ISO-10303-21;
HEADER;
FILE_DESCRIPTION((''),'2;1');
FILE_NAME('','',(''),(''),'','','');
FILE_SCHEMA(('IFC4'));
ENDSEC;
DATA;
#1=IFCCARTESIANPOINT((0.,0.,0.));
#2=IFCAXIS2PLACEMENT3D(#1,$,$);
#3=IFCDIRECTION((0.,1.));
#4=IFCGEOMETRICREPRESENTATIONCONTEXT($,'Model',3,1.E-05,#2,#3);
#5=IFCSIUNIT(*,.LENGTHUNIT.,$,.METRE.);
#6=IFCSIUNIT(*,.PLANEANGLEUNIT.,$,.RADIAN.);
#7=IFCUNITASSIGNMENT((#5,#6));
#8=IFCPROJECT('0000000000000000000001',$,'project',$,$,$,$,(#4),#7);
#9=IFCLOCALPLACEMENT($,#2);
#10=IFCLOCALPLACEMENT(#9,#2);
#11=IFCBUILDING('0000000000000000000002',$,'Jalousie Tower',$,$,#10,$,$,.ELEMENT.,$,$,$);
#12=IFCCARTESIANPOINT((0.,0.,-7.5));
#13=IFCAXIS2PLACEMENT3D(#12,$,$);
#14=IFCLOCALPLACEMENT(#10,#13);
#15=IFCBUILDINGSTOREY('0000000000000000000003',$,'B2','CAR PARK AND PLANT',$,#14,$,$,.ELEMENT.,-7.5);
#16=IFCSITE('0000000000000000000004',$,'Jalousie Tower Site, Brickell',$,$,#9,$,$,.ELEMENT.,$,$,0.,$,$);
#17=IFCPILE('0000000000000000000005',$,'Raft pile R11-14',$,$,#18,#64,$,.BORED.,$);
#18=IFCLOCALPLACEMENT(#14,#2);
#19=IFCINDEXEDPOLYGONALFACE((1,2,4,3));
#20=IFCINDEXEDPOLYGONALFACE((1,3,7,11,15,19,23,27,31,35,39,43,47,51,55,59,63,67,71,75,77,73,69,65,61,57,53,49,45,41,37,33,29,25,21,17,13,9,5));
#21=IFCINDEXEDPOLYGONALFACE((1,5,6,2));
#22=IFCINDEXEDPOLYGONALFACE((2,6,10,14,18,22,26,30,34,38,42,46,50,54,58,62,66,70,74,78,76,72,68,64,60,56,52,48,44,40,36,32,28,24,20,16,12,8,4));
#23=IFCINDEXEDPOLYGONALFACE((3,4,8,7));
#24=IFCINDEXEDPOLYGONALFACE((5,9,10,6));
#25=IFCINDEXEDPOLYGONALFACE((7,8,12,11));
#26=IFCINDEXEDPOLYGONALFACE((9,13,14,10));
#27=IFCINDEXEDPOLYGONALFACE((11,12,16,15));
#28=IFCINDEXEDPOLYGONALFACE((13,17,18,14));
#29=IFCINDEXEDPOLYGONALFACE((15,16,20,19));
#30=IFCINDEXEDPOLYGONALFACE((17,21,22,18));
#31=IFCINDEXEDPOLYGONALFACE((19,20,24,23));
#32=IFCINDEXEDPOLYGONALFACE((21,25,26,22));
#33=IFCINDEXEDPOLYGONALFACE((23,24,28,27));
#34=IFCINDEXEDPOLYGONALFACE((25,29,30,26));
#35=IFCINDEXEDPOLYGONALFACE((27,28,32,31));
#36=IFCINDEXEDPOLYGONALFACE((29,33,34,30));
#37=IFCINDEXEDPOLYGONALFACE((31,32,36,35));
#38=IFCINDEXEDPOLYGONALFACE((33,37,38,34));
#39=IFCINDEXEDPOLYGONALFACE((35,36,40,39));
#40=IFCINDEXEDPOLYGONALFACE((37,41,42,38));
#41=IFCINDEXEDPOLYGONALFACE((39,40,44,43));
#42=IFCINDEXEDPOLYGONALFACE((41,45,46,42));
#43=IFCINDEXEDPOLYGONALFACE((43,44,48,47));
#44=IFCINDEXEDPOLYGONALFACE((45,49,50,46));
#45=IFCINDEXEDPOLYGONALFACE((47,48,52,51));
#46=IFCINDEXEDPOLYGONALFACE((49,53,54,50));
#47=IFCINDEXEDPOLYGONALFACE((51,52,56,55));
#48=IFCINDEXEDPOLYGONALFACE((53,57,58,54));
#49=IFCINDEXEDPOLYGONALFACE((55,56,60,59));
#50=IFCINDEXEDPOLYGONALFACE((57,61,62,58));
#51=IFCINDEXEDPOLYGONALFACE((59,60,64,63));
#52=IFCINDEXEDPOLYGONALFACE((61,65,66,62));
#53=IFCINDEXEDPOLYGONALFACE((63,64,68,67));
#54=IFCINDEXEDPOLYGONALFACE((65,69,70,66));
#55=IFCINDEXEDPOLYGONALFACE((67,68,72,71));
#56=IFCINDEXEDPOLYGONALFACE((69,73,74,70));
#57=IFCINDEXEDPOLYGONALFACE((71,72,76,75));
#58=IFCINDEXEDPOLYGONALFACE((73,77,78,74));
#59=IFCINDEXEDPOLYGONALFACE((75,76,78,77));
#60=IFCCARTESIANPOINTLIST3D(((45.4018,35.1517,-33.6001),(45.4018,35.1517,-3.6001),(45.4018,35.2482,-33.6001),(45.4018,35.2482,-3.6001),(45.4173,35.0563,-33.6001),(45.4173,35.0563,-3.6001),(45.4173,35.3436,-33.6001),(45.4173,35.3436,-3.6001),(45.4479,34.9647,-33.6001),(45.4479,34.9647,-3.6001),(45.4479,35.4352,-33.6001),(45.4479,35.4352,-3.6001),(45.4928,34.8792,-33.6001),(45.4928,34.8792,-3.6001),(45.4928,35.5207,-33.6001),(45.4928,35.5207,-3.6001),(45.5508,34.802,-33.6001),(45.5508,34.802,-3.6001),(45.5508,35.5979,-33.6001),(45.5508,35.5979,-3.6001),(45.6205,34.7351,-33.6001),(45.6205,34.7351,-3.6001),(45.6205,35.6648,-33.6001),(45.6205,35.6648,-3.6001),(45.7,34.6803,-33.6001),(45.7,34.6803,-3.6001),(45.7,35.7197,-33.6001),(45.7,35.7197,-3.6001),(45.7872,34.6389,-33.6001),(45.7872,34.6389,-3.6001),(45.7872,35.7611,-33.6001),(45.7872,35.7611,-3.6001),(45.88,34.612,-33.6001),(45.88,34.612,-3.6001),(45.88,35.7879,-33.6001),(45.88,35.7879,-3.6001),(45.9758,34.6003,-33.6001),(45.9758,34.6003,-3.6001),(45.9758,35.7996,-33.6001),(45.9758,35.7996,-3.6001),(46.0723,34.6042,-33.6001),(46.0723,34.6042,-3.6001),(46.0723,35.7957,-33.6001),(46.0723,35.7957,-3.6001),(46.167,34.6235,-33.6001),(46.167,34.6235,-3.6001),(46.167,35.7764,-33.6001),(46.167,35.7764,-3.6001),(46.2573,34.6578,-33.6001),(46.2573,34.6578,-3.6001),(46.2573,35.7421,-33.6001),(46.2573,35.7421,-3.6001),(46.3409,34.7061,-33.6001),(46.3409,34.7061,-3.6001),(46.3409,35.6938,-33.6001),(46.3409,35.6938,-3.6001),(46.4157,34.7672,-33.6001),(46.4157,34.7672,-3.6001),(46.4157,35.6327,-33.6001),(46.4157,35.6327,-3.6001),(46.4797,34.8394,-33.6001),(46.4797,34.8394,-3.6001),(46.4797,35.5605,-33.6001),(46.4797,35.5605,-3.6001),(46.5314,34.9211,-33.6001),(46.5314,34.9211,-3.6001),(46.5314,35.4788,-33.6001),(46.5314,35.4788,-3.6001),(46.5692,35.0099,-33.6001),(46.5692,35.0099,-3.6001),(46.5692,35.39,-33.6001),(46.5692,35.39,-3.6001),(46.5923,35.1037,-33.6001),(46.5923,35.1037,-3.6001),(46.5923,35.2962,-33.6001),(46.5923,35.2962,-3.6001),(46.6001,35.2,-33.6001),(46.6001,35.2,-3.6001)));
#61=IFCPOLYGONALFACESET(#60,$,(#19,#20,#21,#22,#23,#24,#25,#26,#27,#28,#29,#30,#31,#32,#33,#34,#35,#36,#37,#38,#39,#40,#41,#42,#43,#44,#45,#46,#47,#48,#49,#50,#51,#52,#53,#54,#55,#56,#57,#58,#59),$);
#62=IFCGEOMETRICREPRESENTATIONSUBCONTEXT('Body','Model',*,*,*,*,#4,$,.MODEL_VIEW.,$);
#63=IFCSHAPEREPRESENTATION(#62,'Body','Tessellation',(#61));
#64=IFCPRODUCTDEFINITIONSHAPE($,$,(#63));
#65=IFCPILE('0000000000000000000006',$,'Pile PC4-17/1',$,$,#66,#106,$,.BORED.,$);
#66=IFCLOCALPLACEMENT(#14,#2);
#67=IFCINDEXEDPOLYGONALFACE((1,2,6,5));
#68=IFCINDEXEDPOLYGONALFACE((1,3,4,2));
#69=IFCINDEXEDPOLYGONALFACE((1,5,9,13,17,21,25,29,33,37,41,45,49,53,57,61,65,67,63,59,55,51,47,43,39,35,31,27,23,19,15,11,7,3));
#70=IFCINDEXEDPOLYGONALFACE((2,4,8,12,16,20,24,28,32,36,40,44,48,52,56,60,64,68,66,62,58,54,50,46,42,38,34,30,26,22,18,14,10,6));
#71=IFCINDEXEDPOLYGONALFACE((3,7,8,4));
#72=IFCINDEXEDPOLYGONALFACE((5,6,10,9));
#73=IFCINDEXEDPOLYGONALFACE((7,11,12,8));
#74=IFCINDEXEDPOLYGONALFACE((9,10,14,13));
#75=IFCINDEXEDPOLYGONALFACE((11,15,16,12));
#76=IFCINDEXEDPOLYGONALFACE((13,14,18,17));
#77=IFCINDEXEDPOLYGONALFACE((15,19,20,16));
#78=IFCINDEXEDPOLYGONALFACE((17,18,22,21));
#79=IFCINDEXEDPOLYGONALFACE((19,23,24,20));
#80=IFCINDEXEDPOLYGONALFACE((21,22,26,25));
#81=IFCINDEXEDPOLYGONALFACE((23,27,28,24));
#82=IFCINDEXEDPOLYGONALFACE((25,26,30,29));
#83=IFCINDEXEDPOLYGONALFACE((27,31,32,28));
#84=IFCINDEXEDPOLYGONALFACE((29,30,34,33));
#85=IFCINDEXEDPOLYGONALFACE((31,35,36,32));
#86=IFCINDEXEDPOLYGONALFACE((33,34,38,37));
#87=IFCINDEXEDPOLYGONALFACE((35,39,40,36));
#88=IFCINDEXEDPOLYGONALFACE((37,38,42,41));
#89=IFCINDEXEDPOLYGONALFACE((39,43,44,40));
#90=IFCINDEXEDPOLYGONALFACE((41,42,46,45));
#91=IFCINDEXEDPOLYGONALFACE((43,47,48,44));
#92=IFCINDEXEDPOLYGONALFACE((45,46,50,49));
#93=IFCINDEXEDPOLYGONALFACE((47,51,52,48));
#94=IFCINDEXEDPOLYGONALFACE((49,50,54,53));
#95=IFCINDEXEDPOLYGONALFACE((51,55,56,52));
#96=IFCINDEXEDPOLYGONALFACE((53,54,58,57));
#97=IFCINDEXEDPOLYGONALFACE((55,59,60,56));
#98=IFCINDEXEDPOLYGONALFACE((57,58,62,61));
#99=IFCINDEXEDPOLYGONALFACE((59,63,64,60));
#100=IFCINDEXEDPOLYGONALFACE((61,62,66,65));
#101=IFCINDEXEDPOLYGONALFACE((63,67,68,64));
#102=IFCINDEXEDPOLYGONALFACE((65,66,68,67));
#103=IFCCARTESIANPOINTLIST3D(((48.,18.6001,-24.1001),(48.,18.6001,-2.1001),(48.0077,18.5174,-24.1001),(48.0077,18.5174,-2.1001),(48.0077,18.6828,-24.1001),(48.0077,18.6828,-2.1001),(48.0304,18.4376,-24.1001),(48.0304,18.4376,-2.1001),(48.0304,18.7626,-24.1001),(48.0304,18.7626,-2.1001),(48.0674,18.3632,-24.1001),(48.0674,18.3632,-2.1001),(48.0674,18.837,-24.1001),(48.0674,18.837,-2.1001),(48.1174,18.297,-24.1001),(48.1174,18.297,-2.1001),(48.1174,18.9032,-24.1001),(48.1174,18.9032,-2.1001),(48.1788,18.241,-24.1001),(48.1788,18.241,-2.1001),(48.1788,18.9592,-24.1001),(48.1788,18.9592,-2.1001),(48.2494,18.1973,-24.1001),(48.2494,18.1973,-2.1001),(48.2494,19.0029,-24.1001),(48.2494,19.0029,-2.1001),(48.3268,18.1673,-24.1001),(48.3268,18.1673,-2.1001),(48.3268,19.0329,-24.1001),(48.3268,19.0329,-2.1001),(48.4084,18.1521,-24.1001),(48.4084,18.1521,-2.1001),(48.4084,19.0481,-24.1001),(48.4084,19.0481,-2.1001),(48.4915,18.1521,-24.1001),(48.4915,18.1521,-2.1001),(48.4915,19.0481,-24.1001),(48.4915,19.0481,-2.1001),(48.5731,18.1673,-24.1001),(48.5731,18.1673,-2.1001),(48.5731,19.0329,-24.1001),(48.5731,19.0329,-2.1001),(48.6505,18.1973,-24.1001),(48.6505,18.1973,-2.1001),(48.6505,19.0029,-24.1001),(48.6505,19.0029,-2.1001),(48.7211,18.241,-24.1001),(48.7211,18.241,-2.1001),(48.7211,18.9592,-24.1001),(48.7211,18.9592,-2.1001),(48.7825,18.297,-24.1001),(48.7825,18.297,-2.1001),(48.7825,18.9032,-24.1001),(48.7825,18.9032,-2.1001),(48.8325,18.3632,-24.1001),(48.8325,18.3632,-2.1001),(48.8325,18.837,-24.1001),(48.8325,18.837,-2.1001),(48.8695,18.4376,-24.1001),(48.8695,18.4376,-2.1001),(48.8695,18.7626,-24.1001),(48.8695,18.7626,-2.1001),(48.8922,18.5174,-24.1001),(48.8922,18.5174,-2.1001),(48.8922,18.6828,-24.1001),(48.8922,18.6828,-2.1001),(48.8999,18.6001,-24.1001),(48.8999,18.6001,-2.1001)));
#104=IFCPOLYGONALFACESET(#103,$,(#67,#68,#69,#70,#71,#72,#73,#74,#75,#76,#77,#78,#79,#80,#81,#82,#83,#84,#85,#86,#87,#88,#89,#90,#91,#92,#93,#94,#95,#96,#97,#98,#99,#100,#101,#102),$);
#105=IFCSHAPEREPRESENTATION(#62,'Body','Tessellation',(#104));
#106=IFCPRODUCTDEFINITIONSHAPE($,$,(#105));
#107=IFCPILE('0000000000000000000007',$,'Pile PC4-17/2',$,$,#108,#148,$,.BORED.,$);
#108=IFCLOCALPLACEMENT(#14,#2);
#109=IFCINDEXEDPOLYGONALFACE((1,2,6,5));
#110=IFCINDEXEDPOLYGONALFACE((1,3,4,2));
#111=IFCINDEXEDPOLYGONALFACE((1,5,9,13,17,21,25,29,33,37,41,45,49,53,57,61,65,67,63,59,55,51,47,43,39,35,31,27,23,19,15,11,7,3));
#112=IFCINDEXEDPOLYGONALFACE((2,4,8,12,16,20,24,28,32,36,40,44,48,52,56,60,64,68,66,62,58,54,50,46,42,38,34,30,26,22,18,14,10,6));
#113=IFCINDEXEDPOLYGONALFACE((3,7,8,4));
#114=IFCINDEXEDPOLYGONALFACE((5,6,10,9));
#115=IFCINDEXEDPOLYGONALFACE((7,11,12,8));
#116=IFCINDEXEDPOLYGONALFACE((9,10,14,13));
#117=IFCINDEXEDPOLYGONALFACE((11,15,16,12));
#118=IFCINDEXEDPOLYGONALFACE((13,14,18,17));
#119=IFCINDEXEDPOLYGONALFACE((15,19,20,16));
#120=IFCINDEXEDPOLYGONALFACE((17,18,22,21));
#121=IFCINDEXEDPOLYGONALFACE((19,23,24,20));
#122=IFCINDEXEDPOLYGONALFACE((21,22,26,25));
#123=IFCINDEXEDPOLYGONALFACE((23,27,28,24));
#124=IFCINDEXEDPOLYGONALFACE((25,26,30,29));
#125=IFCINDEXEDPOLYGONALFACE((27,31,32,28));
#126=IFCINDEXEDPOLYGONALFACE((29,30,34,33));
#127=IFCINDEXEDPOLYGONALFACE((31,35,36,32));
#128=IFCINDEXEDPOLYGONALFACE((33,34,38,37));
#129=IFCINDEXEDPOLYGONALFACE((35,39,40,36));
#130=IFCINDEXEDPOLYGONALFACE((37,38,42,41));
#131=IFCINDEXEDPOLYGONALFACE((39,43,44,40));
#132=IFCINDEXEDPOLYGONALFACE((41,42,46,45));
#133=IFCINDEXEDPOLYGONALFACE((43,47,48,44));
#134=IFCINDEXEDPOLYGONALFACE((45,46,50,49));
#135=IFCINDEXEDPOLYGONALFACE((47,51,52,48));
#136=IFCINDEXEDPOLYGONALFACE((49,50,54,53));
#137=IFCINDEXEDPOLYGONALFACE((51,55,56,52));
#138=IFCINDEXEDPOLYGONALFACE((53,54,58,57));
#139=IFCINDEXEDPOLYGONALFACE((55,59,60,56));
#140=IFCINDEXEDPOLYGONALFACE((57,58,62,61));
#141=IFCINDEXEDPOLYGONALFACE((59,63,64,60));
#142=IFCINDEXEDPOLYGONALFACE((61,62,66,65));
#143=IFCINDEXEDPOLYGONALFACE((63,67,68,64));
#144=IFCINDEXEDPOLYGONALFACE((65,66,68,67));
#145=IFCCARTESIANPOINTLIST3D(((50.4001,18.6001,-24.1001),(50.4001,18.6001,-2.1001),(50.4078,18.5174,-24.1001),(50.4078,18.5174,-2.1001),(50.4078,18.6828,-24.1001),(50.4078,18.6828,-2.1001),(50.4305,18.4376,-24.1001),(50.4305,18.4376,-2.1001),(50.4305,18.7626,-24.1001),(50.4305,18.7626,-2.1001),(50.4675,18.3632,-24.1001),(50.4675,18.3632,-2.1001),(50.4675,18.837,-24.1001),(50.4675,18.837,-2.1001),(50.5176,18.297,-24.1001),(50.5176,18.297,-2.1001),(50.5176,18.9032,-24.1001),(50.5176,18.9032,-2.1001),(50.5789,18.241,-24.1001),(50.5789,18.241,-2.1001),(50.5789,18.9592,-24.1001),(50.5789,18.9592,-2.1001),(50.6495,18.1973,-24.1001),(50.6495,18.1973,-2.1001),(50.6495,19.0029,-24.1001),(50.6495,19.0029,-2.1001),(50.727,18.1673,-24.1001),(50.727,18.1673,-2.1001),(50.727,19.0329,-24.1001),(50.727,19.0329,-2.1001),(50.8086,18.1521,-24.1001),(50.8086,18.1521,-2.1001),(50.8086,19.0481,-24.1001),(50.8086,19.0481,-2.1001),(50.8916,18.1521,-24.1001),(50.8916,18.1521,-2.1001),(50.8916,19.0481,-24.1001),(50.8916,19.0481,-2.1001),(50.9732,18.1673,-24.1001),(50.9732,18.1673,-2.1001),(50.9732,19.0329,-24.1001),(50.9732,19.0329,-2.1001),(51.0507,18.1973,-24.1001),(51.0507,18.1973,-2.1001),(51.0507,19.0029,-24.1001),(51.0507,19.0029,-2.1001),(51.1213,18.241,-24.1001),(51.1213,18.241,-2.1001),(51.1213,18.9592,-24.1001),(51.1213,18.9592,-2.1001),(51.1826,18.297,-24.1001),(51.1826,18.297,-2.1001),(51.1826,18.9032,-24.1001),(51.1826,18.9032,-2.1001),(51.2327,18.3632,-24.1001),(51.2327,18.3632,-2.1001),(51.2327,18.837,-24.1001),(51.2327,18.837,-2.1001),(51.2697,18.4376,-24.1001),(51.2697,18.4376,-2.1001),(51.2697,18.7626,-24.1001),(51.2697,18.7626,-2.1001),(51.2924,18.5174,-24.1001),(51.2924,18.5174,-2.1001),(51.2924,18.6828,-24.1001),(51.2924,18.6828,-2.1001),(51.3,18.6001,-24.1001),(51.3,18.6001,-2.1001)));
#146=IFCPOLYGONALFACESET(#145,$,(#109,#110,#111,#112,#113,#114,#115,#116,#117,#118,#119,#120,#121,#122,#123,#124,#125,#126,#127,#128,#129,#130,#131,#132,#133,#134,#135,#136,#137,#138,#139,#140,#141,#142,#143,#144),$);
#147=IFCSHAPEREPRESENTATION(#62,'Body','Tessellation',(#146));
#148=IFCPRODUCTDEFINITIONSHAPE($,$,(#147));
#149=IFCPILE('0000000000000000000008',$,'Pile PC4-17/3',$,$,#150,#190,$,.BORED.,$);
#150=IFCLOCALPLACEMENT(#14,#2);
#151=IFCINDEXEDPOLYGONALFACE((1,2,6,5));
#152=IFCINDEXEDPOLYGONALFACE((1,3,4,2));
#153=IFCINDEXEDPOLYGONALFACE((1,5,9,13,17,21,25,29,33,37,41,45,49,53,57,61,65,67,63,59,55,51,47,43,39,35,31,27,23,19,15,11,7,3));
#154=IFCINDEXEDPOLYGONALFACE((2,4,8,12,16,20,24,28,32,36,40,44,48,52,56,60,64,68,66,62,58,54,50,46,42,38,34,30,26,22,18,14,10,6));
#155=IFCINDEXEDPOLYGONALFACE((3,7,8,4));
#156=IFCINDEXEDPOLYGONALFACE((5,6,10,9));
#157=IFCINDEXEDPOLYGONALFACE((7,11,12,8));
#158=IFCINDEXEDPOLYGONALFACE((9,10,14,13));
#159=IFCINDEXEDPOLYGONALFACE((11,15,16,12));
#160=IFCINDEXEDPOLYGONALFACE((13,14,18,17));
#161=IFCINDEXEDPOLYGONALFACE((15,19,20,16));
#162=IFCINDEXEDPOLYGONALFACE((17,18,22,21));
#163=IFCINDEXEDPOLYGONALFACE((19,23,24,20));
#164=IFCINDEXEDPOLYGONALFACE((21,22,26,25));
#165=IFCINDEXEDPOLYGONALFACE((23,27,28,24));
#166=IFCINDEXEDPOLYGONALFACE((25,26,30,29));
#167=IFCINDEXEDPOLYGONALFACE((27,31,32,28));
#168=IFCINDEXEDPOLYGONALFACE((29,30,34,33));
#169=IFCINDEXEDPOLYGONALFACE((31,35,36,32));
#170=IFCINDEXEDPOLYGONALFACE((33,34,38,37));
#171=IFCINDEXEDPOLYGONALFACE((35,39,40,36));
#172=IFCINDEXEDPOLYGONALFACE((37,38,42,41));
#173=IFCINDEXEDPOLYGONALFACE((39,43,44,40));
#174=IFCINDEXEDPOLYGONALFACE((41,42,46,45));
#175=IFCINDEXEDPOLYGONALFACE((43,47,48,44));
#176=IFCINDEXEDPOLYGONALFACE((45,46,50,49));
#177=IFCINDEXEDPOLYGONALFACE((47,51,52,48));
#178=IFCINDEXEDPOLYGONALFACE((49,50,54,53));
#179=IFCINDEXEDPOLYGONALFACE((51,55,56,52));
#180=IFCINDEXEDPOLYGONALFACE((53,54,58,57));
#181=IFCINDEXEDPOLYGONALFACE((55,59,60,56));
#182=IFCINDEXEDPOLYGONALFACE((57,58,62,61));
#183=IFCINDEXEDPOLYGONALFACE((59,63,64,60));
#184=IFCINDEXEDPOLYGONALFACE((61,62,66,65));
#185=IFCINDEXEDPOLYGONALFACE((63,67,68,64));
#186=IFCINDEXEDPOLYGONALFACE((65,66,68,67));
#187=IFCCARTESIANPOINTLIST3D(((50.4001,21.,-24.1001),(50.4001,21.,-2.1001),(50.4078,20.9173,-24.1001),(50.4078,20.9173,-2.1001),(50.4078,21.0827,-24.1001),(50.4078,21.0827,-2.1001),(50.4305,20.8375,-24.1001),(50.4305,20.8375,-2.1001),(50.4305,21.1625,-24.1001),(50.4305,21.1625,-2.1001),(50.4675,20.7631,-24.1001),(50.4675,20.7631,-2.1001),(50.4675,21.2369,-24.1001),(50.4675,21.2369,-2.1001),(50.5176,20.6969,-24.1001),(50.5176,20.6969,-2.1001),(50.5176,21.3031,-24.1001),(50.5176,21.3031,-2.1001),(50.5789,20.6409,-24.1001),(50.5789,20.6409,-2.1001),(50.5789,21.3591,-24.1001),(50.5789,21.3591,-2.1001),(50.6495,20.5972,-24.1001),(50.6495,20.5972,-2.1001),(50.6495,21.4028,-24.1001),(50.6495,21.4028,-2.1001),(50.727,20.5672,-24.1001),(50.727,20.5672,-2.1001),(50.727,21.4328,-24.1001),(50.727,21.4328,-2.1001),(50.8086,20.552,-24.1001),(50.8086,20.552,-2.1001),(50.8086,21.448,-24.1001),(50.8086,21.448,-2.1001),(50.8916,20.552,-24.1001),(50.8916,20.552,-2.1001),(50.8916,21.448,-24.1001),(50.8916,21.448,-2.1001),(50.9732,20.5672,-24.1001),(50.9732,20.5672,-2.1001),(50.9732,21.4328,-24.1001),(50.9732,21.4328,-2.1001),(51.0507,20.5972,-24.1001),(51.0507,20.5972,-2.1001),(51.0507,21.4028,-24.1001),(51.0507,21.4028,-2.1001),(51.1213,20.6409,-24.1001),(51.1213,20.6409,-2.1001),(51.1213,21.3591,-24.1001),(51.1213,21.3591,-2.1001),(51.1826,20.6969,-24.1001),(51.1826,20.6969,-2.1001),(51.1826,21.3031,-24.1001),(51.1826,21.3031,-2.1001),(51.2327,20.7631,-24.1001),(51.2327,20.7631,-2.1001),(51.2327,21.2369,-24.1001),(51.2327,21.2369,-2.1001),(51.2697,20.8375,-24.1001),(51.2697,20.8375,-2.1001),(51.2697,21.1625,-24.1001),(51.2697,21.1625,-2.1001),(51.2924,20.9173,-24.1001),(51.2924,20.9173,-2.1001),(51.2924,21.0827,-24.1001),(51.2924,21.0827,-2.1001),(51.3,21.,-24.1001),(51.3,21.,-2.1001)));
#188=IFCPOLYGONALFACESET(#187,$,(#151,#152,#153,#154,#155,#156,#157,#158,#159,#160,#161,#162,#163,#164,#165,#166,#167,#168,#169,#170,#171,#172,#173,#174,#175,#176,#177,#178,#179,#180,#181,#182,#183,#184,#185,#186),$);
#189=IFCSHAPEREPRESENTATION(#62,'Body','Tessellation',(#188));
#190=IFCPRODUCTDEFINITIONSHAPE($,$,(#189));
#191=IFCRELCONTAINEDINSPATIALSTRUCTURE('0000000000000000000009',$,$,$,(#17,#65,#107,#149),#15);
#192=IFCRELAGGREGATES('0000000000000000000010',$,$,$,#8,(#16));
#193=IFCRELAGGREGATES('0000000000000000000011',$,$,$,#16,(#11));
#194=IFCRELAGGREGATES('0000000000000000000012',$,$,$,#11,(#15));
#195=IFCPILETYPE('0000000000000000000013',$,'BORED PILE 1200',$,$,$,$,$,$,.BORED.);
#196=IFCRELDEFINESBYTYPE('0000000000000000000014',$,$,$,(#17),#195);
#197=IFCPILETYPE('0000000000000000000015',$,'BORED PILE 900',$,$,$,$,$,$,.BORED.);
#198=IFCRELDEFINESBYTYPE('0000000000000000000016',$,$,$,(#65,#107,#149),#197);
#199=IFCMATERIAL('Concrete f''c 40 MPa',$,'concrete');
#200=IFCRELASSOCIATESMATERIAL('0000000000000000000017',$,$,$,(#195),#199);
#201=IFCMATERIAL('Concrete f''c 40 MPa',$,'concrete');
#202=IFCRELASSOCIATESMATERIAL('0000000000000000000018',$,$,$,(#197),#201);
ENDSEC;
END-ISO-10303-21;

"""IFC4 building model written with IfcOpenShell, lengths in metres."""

from ifc_helpers import new_model, si_unit, direction, frame, origin, origin_2d, place, context, subcontext, project, spatial, circle, extrude, material, material_profile, profile_set, type_object, element, save


model = new_model("IFC4")

# Units and contexts
model_context = context("Model", 3, precision=1e-05, world=origin(), true_north=direction((0.0, 1.0)))
body_context = subcontext(model_context, "Body", "Model", "MODEL_VIEW")
ifc_project = project(units=[si_unit("LENGTHUNIT", "METRE"), si_unit("PLANEANGLEUNIT", "RADIAN")], contexts=[model_context])

# Site, building, storey
site_placement = place(None, origin())
site = spatial("IfcSite", under=ifc_project, at=site_placement, Name="Jalousie Tower Site, Brickell", CompositionType="ELEMENT", RefElevation=0.0)
building_placement = place(site_placement, origin())
building = spatial("IfcBuilding", under=site, at=building_placement, Name="Jalousie Tower", CompositionType="ELEMENT")
storey_placement = place(building_placement, frame((0.0, 0.0, -7.5)))
storey = spatial("IfcBuildingStorey", under=building, at=storey_placement, Name="B2", Description="CAR PARK AND PLANT", CompositionType="ELEMENT", Elevation=-7.5)

# Piles
ifc_material_1 = material(Name="Concrete f'c 40 MPa", Category="concrete")
ifc_material_profile_1 = material_profile(ifc_material_1, circle(Radius=0.6001, at=origin_2d()), Name="BORED PILE D1200")
ifc_profile_set_1 = profile_set([ifc_material_profile_1], Name="Concrete f'c 40 MPa")
pile_type_1 = type_object("IfcPileType", Name="BORED PILE 1200", PredefinedType="BORED", material=ifc_profile_set_1)
for number, where, z_axis, x_axis, name in (
    (1, (46.0, 35.2, -3.6001), (0.0, 0.0, -1.0), (1.0, 0.0, 0.0), "Raft pile R11-14"),
):
    element("IfcPile", number, at=place(storey_placement, frame(where, z_axis=z_axis, x_axis=x_axis)), inside=storey, type_object=pile_type_1, Name=name, PredefinedType="BORED", context=body_context, shape_type="SweptSolid", body=[
        extrude(circle(Radius=0.6001, at=origin_2d()), origin(), (0.0, 0.0, 1.0), 30.0),
    ])
ifc_material_2 = material(Name="Concrete f'c 40 MPa", Category="concrete")
ifc_material_profile_2 = material_profile(ifc_material_2, circle(Radius=0.45, at=origin_2d()), Name="BORED PILE D900")
ifc_profile_set_2 = profile_set([ifc_material_profile_2], Name="Concrete f'c 40 MPa")
pile_type_2 = type_object("IfcPileType", Name="BORED PILE 900", PredefinedType="BORED", material=ifc_profile_set_2)
for number, where, z_axis, x_axis, name in (
    (2, (48.45, 18.6001, -2.1001), (0.0, 0.0, -1.0), (1.0, 0.0, 0.0), "Pile PC4-17/1"),
    (3, (50.8501, 18.6001, -2.1001), (0.0, 0.0, -1.0), (1.0, 0.0, 0.0), "Pile PC4-17/2"),
    (4, (50.8501, 21.0, -2.1001), (0.0, 0.0, -1.0), (1.0, 0.0, 0.0), "Pile PC4-17/3"),
):
    element("IfcPile", number, at=place(storey_placement, frame(where, z_axis=z_axis, x_axis=x_axis)), inside=storey, type_object=pile_type_2, Name=name, PredefinedType="BORED", context=body_context, shape_type="SweptSolid", body=[
        extrude(circle(Radius=0.45, at=origin_2d()), origin(), (0.0, 0.0, 1.0), 22.0),
    ])

save(model, "model.ifc")
